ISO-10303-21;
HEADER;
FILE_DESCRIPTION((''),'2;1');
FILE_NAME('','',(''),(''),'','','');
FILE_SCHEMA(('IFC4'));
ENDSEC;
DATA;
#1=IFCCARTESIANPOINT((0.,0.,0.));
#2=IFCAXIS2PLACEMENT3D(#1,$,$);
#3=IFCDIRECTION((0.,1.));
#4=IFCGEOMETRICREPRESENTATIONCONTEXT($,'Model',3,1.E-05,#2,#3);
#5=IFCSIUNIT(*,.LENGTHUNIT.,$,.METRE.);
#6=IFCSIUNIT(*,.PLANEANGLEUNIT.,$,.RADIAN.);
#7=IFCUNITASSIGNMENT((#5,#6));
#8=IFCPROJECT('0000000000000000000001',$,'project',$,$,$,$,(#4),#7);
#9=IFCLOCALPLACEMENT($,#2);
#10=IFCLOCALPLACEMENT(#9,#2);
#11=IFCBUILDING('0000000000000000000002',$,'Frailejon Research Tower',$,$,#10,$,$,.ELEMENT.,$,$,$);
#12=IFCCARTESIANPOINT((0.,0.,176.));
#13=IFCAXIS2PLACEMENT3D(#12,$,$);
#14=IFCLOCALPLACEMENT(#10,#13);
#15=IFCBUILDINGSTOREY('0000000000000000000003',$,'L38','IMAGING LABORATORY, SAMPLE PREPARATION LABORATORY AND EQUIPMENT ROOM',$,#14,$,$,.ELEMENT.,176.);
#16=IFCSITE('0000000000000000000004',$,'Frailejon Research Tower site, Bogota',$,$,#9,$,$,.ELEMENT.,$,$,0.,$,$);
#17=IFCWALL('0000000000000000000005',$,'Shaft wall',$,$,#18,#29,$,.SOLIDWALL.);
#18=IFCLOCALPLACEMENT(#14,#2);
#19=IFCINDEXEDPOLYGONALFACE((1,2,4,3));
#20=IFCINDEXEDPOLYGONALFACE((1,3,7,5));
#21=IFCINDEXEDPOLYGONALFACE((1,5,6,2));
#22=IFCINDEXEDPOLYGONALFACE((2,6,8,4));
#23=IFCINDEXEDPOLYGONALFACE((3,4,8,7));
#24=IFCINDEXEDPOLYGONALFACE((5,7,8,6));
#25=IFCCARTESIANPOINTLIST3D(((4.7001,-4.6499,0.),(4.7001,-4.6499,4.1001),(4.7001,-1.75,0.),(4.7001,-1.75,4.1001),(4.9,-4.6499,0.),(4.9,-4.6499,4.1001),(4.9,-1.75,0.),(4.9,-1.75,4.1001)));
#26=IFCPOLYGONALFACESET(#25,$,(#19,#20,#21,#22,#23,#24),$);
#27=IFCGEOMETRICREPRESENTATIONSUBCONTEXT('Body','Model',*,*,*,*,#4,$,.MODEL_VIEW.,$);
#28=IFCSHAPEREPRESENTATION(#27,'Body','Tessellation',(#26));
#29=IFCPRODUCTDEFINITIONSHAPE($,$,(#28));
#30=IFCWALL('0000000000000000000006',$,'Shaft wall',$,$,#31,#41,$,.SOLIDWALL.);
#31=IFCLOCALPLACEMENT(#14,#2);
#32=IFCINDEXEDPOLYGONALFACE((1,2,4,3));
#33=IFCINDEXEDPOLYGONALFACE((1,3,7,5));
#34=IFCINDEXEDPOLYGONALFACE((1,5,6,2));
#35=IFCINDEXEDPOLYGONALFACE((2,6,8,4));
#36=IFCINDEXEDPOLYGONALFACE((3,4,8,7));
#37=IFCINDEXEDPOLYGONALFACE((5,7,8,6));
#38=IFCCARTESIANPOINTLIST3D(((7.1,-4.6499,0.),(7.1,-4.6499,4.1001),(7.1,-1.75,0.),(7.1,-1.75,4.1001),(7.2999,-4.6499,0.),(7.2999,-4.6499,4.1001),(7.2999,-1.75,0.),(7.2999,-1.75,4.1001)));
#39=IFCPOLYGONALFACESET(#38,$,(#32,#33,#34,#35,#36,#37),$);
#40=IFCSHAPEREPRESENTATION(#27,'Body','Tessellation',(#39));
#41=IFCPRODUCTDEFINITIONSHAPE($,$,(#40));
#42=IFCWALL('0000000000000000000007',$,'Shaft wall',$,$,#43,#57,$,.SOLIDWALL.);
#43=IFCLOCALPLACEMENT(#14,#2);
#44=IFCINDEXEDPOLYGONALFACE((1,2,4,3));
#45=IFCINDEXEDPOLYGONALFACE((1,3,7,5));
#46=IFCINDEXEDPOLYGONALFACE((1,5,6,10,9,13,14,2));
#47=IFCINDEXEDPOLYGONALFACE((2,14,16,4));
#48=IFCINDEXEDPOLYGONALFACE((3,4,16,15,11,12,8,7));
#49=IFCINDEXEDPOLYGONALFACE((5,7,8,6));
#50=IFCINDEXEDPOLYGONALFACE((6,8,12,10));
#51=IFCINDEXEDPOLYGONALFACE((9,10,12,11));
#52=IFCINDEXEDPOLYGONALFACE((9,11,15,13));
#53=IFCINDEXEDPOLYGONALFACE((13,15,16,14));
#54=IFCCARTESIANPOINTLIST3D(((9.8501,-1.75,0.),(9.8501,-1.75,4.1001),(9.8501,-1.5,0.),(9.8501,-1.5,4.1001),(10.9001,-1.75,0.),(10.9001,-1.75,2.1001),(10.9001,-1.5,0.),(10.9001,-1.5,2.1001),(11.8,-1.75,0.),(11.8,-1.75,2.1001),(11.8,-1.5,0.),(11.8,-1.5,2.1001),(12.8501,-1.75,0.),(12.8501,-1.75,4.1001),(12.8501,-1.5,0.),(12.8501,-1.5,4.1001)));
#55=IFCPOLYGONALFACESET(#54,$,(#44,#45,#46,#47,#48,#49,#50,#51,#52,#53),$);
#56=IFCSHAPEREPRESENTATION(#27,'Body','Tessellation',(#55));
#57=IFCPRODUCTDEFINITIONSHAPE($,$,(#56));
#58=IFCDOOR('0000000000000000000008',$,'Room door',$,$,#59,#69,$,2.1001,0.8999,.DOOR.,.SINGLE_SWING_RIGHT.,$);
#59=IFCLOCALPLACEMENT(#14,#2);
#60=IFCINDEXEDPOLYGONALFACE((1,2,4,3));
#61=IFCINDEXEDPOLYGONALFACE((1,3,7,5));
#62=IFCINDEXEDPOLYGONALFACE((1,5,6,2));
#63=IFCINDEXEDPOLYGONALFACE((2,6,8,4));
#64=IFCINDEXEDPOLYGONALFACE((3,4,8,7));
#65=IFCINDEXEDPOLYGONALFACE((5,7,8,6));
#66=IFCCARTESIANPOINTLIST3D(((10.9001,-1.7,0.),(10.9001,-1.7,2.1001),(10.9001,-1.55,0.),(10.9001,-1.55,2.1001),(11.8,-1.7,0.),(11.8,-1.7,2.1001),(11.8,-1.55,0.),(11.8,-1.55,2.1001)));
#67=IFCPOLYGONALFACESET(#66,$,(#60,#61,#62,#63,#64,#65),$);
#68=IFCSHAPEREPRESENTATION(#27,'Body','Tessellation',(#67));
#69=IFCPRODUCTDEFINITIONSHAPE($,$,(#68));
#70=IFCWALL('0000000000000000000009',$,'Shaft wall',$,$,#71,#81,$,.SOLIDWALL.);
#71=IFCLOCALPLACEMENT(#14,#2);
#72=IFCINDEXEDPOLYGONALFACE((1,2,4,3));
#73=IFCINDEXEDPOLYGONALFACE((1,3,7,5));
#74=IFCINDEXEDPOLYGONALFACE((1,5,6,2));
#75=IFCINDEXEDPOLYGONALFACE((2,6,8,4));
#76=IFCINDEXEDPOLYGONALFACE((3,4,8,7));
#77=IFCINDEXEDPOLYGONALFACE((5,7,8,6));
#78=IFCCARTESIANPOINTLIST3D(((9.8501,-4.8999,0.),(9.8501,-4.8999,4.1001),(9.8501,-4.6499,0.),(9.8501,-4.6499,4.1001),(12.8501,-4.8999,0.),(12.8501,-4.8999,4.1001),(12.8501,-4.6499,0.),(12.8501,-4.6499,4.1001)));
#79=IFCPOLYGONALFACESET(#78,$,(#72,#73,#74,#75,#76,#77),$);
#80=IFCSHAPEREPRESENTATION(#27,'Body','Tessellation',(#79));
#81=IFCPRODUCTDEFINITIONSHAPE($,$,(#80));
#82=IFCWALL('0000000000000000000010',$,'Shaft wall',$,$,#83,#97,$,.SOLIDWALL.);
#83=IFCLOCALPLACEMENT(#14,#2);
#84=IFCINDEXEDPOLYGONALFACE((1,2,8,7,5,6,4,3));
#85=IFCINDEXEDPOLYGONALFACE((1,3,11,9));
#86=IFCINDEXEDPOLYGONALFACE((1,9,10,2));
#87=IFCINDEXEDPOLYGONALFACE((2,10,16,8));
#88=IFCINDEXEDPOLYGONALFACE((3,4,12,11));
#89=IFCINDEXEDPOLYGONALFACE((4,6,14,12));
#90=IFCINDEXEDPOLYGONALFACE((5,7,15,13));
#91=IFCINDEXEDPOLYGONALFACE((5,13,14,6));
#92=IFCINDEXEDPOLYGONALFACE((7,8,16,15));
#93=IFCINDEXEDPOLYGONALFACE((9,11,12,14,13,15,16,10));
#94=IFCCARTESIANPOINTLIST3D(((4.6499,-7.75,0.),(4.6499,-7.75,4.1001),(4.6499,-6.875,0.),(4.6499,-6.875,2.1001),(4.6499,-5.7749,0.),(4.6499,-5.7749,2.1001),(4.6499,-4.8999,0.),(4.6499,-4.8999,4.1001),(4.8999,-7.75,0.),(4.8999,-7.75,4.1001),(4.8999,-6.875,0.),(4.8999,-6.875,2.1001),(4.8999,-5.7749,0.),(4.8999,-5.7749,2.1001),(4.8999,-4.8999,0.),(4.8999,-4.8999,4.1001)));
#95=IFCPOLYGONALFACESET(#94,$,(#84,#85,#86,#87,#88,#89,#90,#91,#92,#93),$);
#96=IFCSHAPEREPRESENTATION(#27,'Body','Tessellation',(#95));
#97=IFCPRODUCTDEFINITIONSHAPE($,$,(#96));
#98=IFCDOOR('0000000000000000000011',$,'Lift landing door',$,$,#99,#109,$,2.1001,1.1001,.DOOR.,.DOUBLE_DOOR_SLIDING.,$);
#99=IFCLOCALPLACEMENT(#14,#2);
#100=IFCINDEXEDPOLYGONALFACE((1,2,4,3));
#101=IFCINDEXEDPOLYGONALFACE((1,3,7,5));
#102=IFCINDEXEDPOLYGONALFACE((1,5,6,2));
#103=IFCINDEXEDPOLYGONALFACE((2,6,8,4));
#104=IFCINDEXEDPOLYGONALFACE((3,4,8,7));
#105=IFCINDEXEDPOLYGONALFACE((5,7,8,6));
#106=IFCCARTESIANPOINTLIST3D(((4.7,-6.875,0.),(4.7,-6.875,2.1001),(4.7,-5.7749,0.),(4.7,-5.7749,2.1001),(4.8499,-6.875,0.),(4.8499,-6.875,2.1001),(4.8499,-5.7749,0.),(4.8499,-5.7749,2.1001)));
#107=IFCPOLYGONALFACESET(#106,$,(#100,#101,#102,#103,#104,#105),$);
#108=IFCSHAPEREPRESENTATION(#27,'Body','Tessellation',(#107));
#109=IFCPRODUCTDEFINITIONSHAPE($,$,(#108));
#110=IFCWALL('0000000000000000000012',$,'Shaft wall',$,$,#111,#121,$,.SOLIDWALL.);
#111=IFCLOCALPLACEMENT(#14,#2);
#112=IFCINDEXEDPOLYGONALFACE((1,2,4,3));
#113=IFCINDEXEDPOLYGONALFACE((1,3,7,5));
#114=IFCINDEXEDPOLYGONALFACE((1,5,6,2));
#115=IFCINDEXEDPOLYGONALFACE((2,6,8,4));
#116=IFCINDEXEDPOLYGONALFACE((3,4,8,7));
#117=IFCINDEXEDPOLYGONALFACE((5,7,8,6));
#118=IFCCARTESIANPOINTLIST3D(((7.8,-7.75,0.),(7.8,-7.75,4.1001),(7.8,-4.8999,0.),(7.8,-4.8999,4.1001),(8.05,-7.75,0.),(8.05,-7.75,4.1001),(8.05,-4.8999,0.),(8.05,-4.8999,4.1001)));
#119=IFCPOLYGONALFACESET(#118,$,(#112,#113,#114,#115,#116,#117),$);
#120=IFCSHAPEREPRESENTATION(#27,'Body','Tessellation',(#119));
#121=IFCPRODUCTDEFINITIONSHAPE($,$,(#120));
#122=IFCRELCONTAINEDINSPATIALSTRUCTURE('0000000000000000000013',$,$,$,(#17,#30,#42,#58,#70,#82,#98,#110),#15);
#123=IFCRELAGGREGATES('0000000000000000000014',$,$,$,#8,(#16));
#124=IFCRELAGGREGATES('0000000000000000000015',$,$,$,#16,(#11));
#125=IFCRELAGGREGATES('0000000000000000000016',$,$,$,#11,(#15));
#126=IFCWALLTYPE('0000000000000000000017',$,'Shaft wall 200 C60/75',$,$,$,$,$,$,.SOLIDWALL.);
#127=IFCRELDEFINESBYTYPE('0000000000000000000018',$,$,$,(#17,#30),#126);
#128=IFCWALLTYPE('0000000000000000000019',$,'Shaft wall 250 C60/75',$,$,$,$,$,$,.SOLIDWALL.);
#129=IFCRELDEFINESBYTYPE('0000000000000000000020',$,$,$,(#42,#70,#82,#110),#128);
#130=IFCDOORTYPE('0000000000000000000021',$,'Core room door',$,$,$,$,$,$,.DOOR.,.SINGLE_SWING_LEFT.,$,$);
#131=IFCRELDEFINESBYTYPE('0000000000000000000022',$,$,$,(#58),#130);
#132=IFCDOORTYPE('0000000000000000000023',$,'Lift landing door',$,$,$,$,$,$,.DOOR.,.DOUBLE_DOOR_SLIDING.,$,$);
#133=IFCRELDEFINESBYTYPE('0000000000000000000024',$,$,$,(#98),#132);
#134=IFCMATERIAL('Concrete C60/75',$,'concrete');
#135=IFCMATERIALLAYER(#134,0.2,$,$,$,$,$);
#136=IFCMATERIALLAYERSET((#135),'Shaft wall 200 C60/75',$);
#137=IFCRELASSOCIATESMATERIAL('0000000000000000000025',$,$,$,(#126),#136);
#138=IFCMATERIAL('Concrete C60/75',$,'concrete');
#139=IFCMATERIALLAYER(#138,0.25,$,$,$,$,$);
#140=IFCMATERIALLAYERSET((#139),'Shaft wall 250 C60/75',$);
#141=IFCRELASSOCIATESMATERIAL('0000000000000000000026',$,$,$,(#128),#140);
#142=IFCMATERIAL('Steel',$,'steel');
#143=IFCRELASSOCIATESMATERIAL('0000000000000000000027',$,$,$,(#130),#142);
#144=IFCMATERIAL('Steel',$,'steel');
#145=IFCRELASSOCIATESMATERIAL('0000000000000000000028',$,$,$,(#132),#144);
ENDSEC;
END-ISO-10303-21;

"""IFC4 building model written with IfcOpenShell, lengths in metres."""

from ifc_helpers import new_model, si_unit, direction, frame, frame_2d, origin, place, context, subcontext, project, spatial, rectangle, extrude, material, layer, layer_set, type_object, element, fill, save


model = new_model("IFC4")

# Units and contexts
model_context = context("Model", 3, precision=1e-05, world=origin(), true_north=direction((0.0, 1.0)))
body_context = subcontext(model_context, "Body", "Model", "MODEL_VIEW")
ifc_project = project(units=[si_unit("LENGTHUNIT", "METRE"), si_unit("PLANEANGLEUNIT", "RADIAN")], contexts=[model_context])

# Site, building, storey
site_placement = place(None, origin())
site = spatial("IfcSite", under=ifc_project, at=site_placement, Name="Frailejon Research Tower site, Bogota", CompositionType="ELEMENT", RefElevation=0.0)
building_placement = place(site_placement, origin())
building = spatial("IfcBuilding", under=site, at=building_placement, Name="Frailejon Research Tower", CompositionType="ELEMENT")
storey_placement = place(building_placement, frame((0.0, 0.0, 176.0)))
storey = spatial("IfcBuildingStorey", under=building, at=storey_placement, Name="L38", Description="IMAGING LABORATORY, SAMPLE PREPARATION LABORATORY AND EQUIPMENT ROOM", CompositionType="ELEMENT", Elevation=176.0)

# Walls
ifc_material_1 = material(Name="Concrete C60/75", Category="concrete")
ifc_layer_1 = layer(ifc_material_1, 0.2)
ifc_layer_set_1 = layer_set([ifc_layer_1], Name="Shaft wall 200 C60/75")
wall_type_1 = type_object("IfcWallType", Name="Shaft wall 200 C60/75", PredefinedType="SOLIDWALL", material=ifc_layer_set_1)
for number, where, z_axis, x_axis, name in (
    (1, (4.8, -4.6499, 0.0), (0.0, 0.0, 1.0), (0.0, 1.0, 0.0), "Shaft wall"),
    (2, (7.2, -4.6499, 0.0), (0.0, 0.0, 1.0), (0.0, 1.0, 0.0), "Shaft wall"),
):
    element("IfcWall", number, at=place(storey_placement, frame(where, z_axis=z_axis, x_axis=x_axis)), inside=storey, type_object=wall_type_1, Name=name, PredefinedType="SOLIDWALL", context=body_context, shape_type="SweptSolid", body=[
        extrude(rectangle(XDim=2.8999, YDim=0.2, at=frame_2d((1.45, 0.0))), origin(), (0.0, 0.0, 1.0), 4.1001),
    ])

# Wall, opening, door
ifc_material_2 = material(Name="Concrete C60/75", Category="concrete")
ifc_layer_2 = layer(ifc_material_2, 0.25)
ifc_layer_set_2 = layer_set([ifc_layer_2], Name="Shaft wall 250 C60/75")
wall_type_2 = type_object("IfcWallType", Name="Shaft wall 250 C60/75", PredefinedType="SOLIDWALL", material=ifc_layer_set_2)
wall_1_placement = place(storey_placement, frame((9.8501, -1.625, 0.0), z_axis=(0.0, 0.0, 1.0), x_axis=(1.0, 0.0, 0.0)))
wall_1 = element("IfcWall", 3, at=wall_1_placement, inside=storey, type_object=wall_type_2, Name="Shaft wall", PredefinedType="SOLIDWALL", context=body_context, shape_type="SweptSolid", body=[
    extrude(rectangle(XDim=3.0, YDim=0.25, at=frame_2d((1.5, 0.0))), origin(), (0.0, 0.0, 1.0), 4.1001),
])
opening_1_placement = place(wall_1_placement, frame((1.05, 0.0, 0.0)))
opening_1 = element("IfcOpeningElement", 4, at=opening_1_placement, cuts=wall_1, PredefinedType="OPENING", context=body_context, shape_type="SweptSolid", body=[
    extrude(rectangle(XDim=0.8999, YDim=2.1001, at=frame_2d((0.45, 1.05))), frame((0.0, 0.135, 0.0), z_axis=(0.0, -1.0, 0.0), x_axis=(1.0, 0.0, 0.0)), (0.0, 0.0, 1.0), 0.27),
])
ifc_material_3 = material(Name="Steel", Category="steel")
door_type_1 = type_object("IfcDoorType", Name="Core room door", OperationType="SINGLE_SWING_LEFT", PredefinedType="DOOR", material=ifc_material_3)
door_1_placement = place(opening_1_placement, origin())
door_1 = element("IfcDoor", 5, at=door_1_placement, inside=storey, type_object=door_type_1, Name="Room door", OperationType="SINGLE_SWING_RIGHT", OverallHeight=2.1001, OverallWidth=0.8999, PredefinedType="DOOR", context=body_context, shape_type="SweptSolid", body=[
    extrude(rectangle(XDim=0.8999, YDim=2.1001, at=frame_2d((0.45, 1.05))), frame((0.0, 0.075, 0.0), z_axis=(0.0, -1.0, 0.0), x_axis=(1.0, 0.0, 0.0)), (0.0, 0.0, 1.0), 0.1499),
])
fill(opening_1, door_1)

# Wall
wall_2_placement = place(storey_placement, frame((9.8501, -4.7749, 0.0), z_axis=(0.0, 0.0, 1.0), x_axis=(1.0, 0.0, 0.0)))
element("IfcWall", 6, at=wall_2_placement, inside=storey, type_object=wall_type_2, Name="Shaft wall", PredefinedType="SOLIDWALL", context=body_context, shape_type="SweptSolid", body=[
    extrude(rectangle(XDim=3.0, YDim=0.25, at=frame_2d((1.5, 0.0))), origin(), (0.0, 0.0, 1.0), 4.1001),
])

# Wall, opening, door
wall_3_placement = place(storey_placement, frame((4.7749, -7.75, 0.0), z_axis=(0.0, 0.0, 1.0), x_axis=(0.0, 1.0, 0.0)))
wall_3 = element("IfcWall", 7, at=wall_3_placement, inside=storey, type_object=wall_type_2, Name="Shaft wall", PredefinedType="SOLIDWALL", context=body_context, shape_type="SweptSolid", body=[
    extrude(rectangle(XDim=2.8501, YDim=0.25, at=frame_2d((1.425, 0.0))), origin(), (0.0, 0.0, 1.0), 4.1001),
])
opening_2_placement = place(wall_3_placement, frame((0.875, 0.0, 0.0)))
opening_2 = element("IfcOpeningElement", 8, at=opening_2_placement, cuts=wall_3, PredefinedType="OPENING", context=body_context, shape_type="SweptSolid", body=[
    extrude(rectangle(XDim=1.1001, YDim=2.1001, at=frame_2d((0.55, 1.05))), frame((0.0, 0.135, 0.0), z_axis=(0.0, -1.0, 0.0), x_axis=(1.0, 0.0, 0.0)), (0.0, 0.0, 1.0), 0.27),
])
ifc_material_4 = material(Name="Steel", Category="steel")
door_type_2 = type_object("IfcDoorType", Name="Lift landing door", OperationType="DOUBLE_DOOR_SLIDING", PredefinedType="DOOR", material=ifc_material_4)
door_2_placement = place(opening_2_placement, origin())
door_2 = element("IfcDoor", 9, at=door_2_placement, inside=storey, type_object=door_type_2, Name="Lift landing door", OperationType="DOUBLE_DOOR_SLIDING", OverallHeight=2.1001, OverallWidth=1.1001, PredefinedType="DOOR", context=body_context, shape_type="SweptSolid", body=[
    extrude(rectangle(XDim=1.1001, YDim=2.1001, at=frame_2d((0.55, 1.05))), frame((0.0, 0.075, 0.0), z_axis=(0.0, -1.0, 0.0), x_axis=(1.0, 0.0, 0.0)), (0.0, 0.0, 1.0), 0.1499),
])
fill(opening_2, door_2)

# Wall
wall_4_placement = place(storey_placement, frame((7.925, -7.75, 0.0), z_axis=(0.0, 0.0, 1.0), x_axis=(0.0, 1.0, 0.0)))
element("IfcWall", 10, at=wall_4_placement, inside=storey, type_object=wall_type_2, Name="Shaft wall", PredefinedType="SOLIDWALL", context=body_context, shape_type="SweptSolid", body=[
    extrude(rectangle(XDim=2.8501, YDim=0.25, at=frame_2d((1.425, 0.0))), origin(), (0.0, 0.0, 1.0), 4.1001),
])

save(model, "model.ifc")
